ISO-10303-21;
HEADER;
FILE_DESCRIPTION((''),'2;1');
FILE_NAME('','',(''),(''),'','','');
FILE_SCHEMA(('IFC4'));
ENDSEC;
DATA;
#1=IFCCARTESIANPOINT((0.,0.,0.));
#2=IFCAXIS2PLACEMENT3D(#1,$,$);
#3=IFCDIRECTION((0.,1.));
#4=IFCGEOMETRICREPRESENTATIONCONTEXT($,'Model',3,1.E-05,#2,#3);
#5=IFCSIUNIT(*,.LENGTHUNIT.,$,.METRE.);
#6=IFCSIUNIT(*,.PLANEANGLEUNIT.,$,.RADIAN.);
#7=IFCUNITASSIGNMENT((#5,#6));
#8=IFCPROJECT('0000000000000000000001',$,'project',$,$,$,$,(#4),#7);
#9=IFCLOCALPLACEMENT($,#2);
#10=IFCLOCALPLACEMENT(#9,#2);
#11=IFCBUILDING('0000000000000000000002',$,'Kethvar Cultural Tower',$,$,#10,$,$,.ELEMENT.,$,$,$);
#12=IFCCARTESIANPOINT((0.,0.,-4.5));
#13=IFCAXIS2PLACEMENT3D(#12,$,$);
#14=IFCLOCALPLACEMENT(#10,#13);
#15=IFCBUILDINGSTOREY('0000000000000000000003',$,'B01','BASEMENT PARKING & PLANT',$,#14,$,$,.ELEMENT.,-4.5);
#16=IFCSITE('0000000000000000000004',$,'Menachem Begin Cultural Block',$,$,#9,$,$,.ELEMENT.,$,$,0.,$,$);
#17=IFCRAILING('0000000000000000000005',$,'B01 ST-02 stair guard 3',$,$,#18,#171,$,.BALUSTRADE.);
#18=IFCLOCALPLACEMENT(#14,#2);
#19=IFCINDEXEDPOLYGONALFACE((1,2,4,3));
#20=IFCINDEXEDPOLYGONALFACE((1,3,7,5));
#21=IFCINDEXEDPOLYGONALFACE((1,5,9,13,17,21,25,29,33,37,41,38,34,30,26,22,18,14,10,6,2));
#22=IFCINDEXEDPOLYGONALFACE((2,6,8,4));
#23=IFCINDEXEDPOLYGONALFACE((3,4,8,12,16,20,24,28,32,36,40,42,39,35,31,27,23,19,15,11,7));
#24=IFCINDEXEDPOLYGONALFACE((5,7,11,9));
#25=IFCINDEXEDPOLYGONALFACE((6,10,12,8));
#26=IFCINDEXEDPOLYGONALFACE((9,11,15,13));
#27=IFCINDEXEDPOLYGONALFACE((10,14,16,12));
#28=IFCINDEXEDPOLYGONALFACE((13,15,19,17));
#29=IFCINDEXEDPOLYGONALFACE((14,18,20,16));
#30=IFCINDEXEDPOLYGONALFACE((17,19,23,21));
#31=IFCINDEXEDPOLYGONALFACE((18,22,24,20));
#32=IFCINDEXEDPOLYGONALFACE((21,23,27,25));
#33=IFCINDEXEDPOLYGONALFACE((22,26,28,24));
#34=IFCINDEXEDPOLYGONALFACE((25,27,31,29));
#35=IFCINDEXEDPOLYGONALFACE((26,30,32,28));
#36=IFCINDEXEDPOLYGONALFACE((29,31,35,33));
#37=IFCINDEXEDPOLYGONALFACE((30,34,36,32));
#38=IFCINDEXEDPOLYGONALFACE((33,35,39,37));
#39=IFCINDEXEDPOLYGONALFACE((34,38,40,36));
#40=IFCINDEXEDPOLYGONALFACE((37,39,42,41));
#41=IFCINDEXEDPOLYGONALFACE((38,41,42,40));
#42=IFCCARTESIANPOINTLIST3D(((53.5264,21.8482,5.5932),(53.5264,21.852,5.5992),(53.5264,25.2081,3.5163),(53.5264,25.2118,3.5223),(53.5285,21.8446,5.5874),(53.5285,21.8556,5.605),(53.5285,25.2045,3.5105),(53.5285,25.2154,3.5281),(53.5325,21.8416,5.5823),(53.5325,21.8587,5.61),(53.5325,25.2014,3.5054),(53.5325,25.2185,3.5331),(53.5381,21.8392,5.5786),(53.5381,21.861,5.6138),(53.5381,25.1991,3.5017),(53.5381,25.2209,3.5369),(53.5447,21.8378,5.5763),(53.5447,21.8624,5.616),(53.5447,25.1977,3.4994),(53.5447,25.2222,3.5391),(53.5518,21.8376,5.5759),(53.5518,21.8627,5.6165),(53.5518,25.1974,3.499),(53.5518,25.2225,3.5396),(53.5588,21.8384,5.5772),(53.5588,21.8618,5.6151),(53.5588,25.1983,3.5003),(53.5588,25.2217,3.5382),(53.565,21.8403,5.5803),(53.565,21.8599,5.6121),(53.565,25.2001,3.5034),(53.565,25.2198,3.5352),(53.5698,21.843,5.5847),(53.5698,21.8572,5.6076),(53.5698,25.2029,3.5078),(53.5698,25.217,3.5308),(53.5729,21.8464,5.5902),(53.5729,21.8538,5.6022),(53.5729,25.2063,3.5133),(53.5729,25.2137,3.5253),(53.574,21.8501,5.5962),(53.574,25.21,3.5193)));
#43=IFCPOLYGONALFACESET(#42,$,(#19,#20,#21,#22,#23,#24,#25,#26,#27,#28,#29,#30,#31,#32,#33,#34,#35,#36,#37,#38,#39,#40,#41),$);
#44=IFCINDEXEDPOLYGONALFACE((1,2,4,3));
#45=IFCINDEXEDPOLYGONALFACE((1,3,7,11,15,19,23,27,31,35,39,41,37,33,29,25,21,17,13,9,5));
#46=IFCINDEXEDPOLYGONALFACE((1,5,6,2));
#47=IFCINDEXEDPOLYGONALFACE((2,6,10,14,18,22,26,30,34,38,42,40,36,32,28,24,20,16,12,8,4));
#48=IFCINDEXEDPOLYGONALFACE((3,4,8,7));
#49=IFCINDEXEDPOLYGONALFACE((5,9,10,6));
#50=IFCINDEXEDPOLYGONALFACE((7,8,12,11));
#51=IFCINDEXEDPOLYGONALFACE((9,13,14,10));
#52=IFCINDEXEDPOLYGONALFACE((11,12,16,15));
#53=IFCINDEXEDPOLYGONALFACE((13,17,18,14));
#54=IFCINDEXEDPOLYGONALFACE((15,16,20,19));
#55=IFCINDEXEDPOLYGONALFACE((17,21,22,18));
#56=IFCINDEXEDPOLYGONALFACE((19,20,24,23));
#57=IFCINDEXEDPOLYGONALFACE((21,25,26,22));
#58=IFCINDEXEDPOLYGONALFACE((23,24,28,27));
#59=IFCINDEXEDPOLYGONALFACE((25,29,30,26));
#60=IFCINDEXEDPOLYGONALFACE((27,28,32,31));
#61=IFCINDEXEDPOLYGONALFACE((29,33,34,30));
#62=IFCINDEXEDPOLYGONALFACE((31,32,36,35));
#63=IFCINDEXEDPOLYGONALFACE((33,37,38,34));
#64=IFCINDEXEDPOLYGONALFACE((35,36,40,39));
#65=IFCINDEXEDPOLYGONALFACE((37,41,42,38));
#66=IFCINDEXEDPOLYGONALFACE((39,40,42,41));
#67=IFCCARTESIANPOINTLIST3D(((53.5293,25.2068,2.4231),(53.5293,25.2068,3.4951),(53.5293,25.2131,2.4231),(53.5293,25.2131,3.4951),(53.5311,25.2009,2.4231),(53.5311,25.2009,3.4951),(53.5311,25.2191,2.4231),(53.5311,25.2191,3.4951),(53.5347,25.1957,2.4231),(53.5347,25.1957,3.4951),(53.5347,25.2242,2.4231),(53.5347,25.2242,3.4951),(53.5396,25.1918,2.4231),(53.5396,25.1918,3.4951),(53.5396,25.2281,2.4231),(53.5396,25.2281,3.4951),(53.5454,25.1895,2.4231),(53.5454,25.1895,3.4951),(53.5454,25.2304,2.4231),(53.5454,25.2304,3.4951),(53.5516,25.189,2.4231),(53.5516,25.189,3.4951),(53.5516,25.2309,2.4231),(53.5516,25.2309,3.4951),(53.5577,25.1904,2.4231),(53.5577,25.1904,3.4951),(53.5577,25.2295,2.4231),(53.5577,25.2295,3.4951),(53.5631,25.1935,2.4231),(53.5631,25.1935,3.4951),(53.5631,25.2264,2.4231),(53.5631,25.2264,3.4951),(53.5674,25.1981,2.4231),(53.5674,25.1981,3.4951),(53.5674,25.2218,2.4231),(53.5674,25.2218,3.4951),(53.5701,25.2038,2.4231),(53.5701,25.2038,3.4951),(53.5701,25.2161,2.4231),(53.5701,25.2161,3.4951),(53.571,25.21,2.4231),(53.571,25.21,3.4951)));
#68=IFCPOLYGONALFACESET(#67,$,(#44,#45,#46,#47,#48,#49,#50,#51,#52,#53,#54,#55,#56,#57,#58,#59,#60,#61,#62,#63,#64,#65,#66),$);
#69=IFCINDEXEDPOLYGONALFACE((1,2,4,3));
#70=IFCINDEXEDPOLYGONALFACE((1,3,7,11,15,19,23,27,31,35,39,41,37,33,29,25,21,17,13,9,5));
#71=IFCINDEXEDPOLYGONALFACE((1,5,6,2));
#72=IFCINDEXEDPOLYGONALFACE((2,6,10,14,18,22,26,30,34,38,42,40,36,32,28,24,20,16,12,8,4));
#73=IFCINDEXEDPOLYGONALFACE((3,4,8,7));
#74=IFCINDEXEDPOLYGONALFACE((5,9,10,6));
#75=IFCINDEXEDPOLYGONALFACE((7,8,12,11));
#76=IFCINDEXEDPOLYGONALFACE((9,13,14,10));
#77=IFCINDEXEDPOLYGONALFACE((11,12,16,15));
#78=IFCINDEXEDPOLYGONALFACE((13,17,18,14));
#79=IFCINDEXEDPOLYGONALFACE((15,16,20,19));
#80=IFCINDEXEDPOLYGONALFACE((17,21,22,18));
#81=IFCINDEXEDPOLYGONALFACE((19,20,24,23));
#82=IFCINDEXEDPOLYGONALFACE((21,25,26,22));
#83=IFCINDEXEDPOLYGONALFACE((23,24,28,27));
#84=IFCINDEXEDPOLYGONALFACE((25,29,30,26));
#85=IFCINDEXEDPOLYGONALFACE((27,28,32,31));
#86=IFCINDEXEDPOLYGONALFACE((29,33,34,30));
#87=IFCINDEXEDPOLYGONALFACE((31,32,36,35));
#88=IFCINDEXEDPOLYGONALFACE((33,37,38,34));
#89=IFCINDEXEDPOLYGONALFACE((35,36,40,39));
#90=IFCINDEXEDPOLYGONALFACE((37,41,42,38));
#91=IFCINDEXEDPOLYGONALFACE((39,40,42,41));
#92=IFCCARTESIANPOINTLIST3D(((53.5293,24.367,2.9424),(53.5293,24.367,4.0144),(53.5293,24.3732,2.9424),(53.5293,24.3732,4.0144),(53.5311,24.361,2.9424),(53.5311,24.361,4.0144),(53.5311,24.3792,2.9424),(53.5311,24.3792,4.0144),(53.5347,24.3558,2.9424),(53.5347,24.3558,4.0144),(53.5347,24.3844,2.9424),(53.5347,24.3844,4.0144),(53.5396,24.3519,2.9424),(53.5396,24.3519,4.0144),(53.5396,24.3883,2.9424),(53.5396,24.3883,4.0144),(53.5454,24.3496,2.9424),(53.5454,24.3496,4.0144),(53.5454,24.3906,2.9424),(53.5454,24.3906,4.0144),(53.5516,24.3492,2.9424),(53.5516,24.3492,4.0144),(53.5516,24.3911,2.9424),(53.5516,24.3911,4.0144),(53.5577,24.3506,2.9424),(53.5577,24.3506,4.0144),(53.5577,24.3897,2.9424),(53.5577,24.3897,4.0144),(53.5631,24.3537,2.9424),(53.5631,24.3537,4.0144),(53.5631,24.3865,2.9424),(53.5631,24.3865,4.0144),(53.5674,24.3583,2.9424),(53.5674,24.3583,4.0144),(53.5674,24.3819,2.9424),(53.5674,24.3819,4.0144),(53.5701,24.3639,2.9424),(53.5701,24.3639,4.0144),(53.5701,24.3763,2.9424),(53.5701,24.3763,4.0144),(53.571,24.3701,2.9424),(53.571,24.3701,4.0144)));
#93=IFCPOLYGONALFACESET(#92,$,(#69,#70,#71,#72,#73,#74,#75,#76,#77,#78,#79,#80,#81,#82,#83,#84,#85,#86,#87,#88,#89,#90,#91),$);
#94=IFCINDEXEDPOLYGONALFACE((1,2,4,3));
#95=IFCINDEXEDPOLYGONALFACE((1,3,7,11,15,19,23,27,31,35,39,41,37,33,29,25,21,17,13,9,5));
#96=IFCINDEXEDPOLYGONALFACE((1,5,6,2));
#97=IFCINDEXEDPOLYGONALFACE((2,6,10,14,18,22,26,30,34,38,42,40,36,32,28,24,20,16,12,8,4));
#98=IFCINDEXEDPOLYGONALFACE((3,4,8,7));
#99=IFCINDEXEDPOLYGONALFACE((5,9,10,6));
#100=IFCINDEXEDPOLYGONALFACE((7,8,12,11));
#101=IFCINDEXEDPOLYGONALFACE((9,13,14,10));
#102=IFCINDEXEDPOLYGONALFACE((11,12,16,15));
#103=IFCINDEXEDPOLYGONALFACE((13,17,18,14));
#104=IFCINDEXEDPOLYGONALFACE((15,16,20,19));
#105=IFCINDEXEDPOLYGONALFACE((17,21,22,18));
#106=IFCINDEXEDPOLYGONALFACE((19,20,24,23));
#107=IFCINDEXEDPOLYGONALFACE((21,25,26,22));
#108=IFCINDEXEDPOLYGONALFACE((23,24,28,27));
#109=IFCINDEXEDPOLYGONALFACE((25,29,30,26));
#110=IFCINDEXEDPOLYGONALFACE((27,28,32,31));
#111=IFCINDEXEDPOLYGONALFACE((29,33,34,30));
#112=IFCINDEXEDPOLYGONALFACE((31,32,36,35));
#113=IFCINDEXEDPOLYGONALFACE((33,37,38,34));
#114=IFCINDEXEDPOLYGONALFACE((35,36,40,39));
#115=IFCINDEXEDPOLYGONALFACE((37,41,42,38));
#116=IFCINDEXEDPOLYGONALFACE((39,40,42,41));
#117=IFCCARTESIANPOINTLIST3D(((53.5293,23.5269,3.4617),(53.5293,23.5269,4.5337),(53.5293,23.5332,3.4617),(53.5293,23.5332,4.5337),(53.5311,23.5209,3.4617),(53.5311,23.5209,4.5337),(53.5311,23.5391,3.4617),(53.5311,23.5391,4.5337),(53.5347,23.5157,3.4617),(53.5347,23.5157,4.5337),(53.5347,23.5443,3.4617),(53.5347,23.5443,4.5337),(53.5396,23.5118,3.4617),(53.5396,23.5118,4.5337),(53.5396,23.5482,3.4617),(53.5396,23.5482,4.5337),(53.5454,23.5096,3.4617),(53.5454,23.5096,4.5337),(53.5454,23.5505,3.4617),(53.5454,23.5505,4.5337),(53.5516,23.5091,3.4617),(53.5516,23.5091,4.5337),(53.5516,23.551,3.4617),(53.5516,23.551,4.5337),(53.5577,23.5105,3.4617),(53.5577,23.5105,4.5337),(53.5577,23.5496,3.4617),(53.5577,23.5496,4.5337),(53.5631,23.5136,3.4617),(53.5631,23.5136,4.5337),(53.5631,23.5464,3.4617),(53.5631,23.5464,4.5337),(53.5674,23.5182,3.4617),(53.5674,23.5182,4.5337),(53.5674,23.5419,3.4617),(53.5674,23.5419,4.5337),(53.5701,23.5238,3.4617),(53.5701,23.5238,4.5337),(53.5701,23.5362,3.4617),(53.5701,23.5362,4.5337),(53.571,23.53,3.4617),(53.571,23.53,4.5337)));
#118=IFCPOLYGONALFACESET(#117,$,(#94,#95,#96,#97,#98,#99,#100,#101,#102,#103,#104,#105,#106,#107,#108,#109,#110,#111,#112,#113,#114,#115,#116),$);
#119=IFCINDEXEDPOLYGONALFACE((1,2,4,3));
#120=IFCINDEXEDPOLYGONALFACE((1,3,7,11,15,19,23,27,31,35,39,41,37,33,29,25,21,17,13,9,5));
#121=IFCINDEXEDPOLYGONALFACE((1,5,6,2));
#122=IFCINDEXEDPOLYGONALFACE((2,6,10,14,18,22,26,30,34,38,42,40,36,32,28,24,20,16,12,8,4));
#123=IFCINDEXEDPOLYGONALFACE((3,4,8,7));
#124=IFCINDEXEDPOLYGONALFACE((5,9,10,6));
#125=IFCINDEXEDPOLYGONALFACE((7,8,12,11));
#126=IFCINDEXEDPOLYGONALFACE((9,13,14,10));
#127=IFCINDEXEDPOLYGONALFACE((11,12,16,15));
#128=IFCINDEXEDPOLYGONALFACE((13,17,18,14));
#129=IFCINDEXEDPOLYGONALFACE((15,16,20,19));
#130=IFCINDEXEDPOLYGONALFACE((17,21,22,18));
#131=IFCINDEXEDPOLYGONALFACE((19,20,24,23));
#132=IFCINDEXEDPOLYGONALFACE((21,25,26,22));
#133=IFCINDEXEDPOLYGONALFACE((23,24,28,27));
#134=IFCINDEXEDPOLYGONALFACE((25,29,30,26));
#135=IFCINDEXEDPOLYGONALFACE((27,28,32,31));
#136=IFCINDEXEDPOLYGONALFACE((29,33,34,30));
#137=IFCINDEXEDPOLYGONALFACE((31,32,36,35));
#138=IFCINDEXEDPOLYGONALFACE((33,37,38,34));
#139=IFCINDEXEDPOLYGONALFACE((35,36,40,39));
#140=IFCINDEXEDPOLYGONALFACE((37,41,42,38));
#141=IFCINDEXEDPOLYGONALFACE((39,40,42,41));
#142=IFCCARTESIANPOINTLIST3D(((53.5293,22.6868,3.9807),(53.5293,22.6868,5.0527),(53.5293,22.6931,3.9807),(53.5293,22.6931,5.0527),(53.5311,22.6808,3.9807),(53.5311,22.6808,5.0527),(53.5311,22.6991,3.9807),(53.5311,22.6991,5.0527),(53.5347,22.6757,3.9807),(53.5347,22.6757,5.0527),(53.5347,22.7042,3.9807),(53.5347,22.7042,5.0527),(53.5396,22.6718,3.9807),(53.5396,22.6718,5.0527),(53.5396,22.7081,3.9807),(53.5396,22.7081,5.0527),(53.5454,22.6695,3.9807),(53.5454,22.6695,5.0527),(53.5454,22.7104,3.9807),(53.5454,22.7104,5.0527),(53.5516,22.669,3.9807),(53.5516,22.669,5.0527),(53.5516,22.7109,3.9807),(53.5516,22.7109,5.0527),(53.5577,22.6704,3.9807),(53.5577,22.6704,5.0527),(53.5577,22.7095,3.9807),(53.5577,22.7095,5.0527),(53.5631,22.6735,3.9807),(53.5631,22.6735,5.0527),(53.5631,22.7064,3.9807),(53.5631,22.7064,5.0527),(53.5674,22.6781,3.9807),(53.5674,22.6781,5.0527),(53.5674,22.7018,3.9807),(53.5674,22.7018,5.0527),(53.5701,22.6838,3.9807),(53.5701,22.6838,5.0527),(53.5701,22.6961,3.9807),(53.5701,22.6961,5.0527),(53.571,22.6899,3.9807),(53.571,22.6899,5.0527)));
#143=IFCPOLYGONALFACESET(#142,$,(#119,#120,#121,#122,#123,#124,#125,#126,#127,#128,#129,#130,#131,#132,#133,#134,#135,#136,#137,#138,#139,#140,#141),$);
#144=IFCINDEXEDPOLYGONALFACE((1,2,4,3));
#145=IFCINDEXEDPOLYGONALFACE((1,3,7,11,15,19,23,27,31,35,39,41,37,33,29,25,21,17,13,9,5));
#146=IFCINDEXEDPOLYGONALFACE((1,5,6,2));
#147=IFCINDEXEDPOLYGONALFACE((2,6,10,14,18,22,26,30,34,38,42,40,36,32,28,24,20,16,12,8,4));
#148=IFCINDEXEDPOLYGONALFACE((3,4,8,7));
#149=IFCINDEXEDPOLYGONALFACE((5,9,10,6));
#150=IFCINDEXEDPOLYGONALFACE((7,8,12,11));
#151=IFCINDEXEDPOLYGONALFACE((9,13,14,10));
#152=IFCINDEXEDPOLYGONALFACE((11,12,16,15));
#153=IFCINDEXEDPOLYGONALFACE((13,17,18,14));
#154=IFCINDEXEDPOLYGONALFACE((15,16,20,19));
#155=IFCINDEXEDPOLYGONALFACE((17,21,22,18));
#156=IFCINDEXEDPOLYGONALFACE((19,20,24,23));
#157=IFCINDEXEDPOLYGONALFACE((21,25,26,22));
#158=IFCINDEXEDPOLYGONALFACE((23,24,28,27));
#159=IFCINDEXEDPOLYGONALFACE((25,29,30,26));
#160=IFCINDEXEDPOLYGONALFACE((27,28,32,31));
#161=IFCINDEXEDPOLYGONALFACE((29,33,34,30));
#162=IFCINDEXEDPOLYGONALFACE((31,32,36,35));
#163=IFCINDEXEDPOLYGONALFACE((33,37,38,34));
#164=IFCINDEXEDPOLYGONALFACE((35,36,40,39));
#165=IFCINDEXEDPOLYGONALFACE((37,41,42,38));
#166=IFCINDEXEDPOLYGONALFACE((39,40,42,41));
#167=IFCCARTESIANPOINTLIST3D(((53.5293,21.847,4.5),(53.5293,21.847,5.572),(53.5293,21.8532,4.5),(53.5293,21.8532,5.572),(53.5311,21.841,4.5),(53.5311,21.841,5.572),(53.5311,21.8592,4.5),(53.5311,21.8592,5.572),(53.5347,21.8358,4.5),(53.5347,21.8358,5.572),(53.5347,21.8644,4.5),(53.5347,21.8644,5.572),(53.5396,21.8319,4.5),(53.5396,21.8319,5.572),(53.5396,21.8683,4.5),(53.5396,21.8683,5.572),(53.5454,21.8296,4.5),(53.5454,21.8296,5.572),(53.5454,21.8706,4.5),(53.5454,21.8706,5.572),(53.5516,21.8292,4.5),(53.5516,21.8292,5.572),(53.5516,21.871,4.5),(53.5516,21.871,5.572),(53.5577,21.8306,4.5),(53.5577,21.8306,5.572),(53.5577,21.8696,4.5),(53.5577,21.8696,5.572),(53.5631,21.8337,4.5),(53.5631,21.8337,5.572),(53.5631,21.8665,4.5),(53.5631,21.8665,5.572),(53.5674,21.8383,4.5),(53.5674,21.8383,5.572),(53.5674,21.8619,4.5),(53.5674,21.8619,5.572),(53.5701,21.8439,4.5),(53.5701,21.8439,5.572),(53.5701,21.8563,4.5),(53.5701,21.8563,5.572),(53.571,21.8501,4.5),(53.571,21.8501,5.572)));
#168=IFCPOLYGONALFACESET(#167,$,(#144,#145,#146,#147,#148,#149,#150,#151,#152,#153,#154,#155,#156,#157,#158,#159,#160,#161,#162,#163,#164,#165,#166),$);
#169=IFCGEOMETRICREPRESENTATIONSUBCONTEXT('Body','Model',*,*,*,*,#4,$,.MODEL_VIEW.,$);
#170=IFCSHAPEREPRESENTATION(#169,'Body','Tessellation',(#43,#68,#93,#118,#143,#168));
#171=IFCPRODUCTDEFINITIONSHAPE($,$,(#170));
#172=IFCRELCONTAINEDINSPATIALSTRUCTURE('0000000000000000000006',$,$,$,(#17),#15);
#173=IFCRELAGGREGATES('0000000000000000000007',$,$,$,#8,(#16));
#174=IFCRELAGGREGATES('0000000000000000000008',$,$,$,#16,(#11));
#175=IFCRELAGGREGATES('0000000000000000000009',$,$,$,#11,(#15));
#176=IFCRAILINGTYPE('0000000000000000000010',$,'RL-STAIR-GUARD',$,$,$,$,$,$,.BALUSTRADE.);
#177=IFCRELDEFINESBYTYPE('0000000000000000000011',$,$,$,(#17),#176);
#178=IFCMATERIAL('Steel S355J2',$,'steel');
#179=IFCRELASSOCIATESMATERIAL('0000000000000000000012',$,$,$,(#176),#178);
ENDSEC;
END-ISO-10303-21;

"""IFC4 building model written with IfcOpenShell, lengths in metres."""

from ifc_helpers import new_model, si_unit, direction, frame, origin, origin_2d, place, context, subcontext, project, spatial, circle, extrude, material, type_object, element, save


model = new_model("IFC4")

# Units and contexts
model_context = context("Model", 3, precision=1e-05, world=origin(), true_north=direction((0.0, 1.0)))
body_context = subcontext(model_context, "Body", "Model", "MODEL_VIEW")
ifc_project = project(units=[si_unit("LENGTHUNIT", "METRE"), si_unit("PLANEANGLEUNIT", "RADIAN")], contexts=[model_context])

# Site, building, storey
site_placement = place(None, origin())
site = spatial("IfcSite", under=ifc_project, at=site_placement, Name="Menachem Begin Cultural Block", CompositionType="ELEMENT", RefElevation=0.0)
building_placement = place(site_placement, origin())
building = spatial("IfcBuilding", under=site, at=building_placement, Name="Kethvar Cultural Tower", CompositionType="ELEMENT")
storey_placement = place(building_placement, frame((0.0, 0.0, -4.5)))
storey = spatial("IfcBuildingStorey", under=building, at=storey_placement, Name="B01", Description="BASEMENT PARKING & PLANT", CompositionType="ELEMENT", Elevation=-4.5)

# Shared definitions
ifc_material_1 = material(Name="Steel S355J2", Category="steel")

# Railing
railing_type_1 = type_object("IfcRailingType", Name="RL-STAIR-GUARD", PredefinedType="BALUSTRADE", material=ifc_material_1)
railing_1_placement = place(storey_placement, frame((53.55, 25.21, 2.4231)))
element("IfcRailing", 1, at=railing_1_placement, inside=storey, type_object=railing_type_1, Name="B01 ST-02 stair guard 3", PredefinedType="BALUSTRADE", context=body_context, shape_type="SweptSolid", body=[
    extrude(circle(Radius=0.0239, at=origin_2d()), frame((0.0, 0.0, 1.0962), z_axis=(0.0, -0.850606, 0.525803), x_axis=(1.0, 0.0, 0.0)), (0.0, 0.0, 1.0), 3.95),
    extrude(circle(Radius=0.021, at=origin_2d()), origin(), (0.0, 0.0, 1.0), 1.072),
    extrude(circle(Radius=0.021, at=origin_2d()), frame((0.0, -0.8398, 0.5193)), (0.0, 0.0, 1.0), 1.072),
    extrude(circle(Radius=0.021, at=origin_2d()), frame((0.0, -1.6799, 1.0386)), (0.0, 0.0, 1.0), 1.072),
    extrude(circle(Radius=0.021, at=origin_2d()), frame((0.0, -2.52, 1.5576)), (0.0, 0.0, 1.0), 1.072),
    extrude(circle(Radius=0.021, at=origin_2d()), frame((0.0, -3.3599, 2.0769)), (0.0, 0.0, 1.0), 1.072),
])

save(model, "model.ifc")
